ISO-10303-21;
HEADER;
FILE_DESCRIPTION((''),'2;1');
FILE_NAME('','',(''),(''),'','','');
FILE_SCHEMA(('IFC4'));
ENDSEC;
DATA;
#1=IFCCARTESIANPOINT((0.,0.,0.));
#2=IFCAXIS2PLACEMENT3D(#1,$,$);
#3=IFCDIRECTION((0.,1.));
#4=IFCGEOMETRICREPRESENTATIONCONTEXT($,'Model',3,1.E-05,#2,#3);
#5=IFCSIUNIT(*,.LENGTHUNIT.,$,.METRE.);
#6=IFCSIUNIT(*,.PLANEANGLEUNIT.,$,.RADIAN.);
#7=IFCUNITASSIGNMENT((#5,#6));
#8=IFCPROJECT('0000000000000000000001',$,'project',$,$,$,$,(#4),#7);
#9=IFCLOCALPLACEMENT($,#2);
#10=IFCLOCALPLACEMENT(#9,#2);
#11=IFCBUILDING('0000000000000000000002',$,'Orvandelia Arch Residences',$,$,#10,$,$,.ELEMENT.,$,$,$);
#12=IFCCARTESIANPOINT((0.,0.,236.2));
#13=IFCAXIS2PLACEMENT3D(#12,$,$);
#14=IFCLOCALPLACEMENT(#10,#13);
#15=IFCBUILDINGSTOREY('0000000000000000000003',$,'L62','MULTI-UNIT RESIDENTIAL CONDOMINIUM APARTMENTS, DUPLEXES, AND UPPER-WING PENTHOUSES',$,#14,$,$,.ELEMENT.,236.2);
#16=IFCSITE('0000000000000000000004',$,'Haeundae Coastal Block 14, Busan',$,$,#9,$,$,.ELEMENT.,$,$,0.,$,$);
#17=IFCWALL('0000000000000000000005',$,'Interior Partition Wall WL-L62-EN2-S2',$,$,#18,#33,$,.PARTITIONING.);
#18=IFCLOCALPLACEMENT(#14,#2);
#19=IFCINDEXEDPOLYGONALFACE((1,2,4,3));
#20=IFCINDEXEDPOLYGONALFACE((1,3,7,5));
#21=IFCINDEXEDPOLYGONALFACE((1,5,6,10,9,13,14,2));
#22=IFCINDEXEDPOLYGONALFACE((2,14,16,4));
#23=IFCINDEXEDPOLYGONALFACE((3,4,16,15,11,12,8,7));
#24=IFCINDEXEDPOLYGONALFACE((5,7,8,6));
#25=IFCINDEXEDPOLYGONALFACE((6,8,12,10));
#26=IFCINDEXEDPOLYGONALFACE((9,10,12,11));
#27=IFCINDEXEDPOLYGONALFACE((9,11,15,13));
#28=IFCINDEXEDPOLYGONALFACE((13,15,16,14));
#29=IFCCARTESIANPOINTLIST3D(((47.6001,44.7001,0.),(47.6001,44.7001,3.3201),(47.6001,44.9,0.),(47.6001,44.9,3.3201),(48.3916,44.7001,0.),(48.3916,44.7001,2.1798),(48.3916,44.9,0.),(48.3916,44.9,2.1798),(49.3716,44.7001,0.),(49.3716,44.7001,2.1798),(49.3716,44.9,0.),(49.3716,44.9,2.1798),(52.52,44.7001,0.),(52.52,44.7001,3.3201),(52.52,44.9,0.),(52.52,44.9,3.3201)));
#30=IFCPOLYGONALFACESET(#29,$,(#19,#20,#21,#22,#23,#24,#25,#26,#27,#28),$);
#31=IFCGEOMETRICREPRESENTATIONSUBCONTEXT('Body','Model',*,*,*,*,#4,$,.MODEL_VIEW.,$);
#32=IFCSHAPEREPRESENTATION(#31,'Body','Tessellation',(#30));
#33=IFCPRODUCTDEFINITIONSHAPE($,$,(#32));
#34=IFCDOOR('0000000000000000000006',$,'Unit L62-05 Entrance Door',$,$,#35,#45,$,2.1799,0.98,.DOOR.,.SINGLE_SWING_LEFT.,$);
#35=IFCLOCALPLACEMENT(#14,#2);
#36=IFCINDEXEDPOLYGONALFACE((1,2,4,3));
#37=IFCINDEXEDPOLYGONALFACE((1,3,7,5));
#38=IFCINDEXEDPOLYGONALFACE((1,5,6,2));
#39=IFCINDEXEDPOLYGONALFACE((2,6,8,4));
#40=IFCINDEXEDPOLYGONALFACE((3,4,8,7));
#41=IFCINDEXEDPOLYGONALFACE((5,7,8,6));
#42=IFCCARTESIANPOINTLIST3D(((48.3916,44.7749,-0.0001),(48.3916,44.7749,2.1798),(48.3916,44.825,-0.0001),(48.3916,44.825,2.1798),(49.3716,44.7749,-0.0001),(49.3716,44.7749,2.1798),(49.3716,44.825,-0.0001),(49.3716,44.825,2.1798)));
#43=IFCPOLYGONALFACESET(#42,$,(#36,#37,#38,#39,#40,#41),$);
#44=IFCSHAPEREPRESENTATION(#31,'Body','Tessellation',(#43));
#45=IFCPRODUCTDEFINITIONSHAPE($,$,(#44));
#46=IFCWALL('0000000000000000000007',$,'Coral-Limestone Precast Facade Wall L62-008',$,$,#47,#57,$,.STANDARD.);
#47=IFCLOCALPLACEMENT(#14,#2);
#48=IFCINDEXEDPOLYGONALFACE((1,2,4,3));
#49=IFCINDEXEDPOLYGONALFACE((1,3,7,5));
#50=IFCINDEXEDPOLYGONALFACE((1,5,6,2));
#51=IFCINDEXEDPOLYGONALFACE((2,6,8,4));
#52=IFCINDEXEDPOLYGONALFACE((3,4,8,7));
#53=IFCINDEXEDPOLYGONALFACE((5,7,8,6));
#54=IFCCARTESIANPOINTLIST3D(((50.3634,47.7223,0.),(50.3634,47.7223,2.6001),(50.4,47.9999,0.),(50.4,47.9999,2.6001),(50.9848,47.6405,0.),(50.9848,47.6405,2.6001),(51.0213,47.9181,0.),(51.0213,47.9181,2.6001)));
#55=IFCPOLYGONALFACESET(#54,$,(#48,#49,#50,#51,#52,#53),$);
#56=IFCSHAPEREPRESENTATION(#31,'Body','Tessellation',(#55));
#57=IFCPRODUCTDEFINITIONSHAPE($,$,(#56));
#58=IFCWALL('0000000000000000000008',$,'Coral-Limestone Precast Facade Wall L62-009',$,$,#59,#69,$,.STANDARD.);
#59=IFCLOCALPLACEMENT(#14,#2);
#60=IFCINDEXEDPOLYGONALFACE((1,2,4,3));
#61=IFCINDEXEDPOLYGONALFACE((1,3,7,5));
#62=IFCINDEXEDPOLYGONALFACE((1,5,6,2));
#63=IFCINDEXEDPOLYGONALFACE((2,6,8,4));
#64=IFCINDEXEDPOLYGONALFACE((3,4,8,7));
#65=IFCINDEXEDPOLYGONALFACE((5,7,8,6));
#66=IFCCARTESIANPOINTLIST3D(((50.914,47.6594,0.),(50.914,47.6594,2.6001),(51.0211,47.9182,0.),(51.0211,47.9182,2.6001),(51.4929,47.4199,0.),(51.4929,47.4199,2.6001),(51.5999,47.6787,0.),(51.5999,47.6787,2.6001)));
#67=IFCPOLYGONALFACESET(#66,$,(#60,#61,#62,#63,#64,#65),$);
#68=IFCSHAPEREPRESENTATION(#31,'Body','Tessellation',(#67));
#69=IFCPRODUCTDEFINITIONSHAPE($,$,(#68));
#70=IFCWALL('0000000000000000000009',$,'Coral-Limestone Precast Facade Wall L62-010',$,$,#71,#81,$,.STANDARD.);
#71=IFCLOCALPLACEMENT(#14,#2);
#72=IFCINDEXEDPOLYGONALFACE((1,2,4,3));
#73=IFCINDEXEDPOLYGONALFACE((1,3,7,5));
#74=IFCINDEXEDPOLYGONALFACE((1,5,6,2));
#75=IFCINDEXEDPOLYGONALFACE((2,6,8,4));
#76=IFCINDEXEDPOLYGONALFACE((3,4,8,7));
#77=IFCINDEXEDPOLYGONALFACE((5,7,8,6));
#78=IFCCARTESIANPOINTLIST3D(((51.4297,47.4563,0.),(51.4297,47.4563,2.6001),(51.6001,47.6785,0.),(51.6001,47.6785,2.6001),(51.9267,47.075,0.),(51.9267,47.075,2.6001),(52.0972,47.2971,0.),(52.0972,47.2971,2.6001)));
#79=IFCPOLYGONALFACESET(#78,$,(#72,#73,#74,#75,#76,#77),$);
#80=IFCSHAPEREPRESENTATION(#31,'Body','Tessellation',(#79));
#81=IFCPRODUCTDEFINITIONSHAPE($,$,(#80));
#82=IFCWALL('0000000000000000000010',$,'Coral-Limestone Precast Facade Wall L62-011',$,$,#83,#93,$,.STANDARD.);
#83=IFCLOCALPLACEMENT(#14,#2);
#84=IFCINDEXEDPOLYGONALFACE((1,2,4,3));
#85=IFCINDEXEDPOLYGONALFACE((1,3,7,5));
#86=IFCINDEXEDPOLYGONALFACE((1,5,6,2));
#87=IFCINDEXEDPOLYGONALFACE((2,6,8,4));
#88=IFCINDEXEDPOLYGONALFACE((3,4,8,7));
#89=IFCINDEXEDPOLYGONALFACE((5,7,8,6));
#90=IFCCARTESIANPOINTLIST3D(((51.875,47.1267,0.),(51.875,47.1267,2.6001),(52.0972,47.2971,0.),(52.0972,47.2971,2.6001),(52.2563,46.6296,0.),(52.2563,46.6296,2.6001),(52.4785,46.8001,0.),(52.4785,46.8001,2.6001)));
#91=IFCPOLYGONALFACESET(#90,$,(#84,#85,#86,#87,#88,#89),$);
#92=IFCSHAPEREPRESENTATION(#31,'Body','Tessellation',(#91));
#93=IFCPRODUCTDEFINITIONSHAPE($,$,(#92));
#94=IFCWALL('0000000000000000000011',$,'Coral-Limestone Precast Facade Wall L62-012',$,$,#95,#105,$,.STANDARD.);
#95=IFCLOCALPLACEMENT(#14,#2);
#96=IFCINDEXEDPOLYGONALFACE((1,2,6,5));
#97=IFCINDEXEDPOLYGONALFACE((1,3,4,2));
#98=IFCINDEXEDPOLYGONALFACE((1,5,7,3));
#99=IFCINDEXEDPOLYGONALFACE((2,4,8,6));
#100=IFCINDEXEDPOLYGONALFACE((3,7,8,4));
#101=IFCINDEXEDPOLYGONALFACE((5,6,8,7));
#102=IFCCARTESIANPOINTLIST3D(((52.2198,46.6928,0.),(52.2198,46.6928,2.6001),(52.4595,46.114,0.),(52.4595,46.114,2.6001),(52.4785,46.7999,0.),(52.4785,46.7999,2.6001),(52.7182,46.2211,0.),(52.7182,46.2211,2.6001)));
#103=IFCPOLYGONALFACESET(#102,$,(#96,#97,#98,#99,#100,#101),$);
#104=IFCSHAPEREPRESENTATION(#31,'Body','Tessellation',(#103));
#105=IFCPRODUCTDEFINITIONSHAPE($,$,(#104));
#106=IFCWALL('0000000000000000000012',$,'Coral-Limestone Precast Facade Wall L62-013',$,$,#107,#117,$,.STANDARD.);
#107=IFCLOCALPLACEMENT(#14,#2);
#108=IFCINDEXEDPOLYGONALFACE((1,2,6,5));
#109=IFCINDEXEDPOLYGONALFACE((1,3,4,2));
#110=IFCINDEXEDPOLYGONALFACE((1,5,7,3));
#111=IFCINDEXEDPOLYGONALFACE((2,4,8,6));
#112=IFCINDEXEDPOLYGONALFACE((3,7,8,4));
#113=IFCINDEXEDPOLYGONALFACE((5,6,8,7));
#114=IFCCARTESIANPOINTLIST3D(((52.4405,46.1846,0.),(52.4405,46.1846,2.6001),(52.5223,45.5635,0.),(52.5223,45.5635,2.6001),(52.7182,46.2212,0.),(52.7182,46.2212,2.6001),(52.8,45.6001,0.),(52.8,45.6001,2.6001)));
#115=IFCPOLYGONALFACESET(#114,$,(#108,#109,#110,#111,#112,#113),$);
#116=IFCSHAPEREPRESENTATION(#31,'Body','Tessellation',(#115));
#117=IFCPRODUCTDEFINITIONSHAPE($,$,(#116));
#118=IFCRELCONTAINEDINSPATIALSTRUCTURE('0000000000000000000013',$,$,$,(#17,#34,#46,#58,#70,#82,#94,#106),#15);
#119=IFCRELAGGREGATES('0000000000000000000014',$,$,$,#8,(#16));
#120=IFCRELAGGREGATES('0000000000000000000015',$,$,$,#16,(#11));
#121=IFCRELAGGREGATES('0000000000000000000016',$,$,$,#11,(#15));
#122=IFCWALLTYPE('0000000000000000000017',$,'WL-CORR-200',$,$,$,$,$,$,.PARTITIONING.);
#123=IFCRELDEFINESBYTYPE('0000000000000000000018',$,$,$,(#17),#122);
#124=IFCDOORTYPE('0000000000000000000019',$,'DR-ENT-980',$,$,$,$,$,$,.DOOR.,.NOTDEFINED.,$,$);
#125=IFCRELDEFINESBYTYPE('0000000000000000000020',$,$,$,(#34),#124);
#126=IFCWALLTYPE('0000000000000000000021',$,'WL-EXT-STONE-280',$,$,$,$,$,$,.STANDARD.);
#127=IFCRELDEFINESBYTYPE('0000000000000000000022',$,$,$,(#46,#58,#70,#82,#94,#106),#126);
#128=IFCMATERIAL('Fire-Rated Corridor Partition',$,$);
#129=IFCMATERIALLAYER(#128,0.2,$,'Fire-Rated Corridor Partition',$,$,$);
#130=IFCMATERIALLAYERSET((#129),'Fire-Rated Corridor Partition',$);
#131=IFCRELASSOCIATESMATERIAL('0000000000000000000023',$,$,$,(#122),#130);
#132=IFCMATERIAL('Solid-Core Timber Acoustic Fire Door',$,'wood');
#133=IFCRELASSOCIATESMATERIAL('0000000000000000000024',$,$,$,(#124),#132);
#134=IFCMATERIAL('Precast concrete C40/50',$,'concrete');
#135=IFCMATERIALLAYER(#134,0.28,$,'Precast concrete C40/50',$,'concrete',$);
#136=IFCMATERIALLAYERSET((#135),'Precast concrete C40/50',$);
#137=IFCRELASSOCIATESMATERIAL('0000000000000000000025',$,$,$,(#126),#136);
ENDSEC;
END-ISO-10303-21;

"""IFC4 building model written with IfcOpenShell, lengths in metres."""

from ifc_helpers import new_model, si_unit, direction, frame, frame_2d, origin, place, context, subcontext, project, spatial, rectangle, extrude, material, layer, layer_set, type_object, element, fill, save


model = new_model("IFC4")

# Units and contexts
model_context = context("Model", 3, precision=1e-05, world=origin(), true_north=direction((0.0, 1.0)))
body_context = subcontext(model_context, "Body", "Model", "MODEL_VIEW")
ifc_project = project(units=[si_unit("LENGTHUNIT", "METRE"), si_unit("PLANEANGLEUNIT", "RADIAN")], contexts=[model_context])

# Site, building, storey
site_placement = place(None, origin())
site = spatial("IfcSite", under=ifc_project, at=site_placement, Name="Haeundae Coastal Block 14, Busan", CompositionType="ELEMENT", RefElevation=0.0)
building_placement = place(site_placement, origin())
building = spatial("IfcBuilding", under=site, at=building_placement, Name="Orvandelia Arch Residences", CompositionType="ELEMENT")
storey_placement = place(building_placement, frame((0.0, 0.0, 236.2)))
storey = spatial("IfcBuildingStorey", under=building, at=storey_placement, Name="L62", Description="MULTI-UNIT RESIDENTIAL CONDOMINIUM APARTMENTS, DUPLEXES, AND UPPER-WING PENTHOUSES", CompositionType="ELEMENT", Elevation=236.2)

# Wall, opening, door
ifc_material_1 = material(Name="Fire-Rated Corridor Partition")
ifc_layer_1 = layer(ifc_material_1, 0.2, Name="Fire-Rated Corridor Partition")
ifc_layer_set_1 = layer_set([ifc_layer_1], Name="Fire-Rated Corridor Partition")
wall_type_1 = type_object("IfcWallType", Name="WL-CORR-200", PredefinedType="PARTITIONING", material=ifc_layer_set_1)
wall_1_placement = place(storey_placement, frame((47.6001, 44.8, 0.0), z_axis=(0.0, 0.0, 1.0), x_axis=(1.0, 0.0, 0.0)))
wall_1 = element("IfcWall", 1, at=wall_1_placement, inside=storey, type_object=wall_type_1, Name="Interior Partition Wall WL-L62-EN2-S2", PredefinedType="PARTITIONING", context=body_context, shape_type="SweptSolid", body=[
    extrude(rectangle(XDim=4.9199, YDim=0.2, at=frame_2d((2.46, 0.0))), origin(), (0.0, 0.0, 1.0), 3.3201),
])
opening_1_placement = place(wall_1_placement, frame((0.7915, 0.0, 0.0)))
opening_1 = element("IfcOpeningElement", 2, at=opening_1_placement, cuts=wall_1, PredefinedType="OPENING", context=body_context, shape_type="SweptSolid", body=[
    extrude(rectangle(XDim=0.98, YDim=2.1799, at=frame_2d((0.49, 1.0898))), frame((0.0, 0.1099, 0.0), z_axis=(0.0, -1.0, 0.0), x_axis=(1.0, 0.0, 0.0)), (0.0, 0.0, 1.0), 0.22),
])
ifc_material_2 = material(Name="Solid-Core Timber Acoustic Fire Door", Category="wood")
door_type_1 = type_object("IfcDoorType", Name="DR-ENT-980", OperationType="NOTDEFINED", PredefinedType="DOOR", material=ifc_material_2)
door_1_placement = place(opening_1_placement, origin())
door_1 = element("IfcDoor", 3, at=door_1_placement, inside=storey, type_object=door_type_1, Name="Unit L62-05 Entrance Door", OperationType="SINGLE_SWING_LEFT", OverallHeight=2.1799, OverallWidth=0.98, PredefinedType="DOOR", context=body_context, shape_type="SweptSolid", body=[
    extrude(rectangle(XDim=0.98, YDim=2.1799, at=frame_2d((0.49, 1.0898))), frame((0.0, 0.0249, 0.0), z_axis=(0.0, -1.0, 0.0), x_axis=(1.0, 0.0, 0.0)), (0.0, 0.0, 1.0), 0.05),
])
fill(opening_1, door_1)

# Walls
ifc_material_3 = material(Name="Precast concrete C40/50", Category="concrete")
ifc_layer_2 = layer(ifc_material_3, 0.28, Name="Precast concrete C40/50", Category="concrete")
ifc_layer_set_2 = layer_set([ifc_layer_2], Name="Precast concrete C40/50")
wall_type_2 = type_object("IfcWallType", Name="WL-EXT-STONE-280", PredefinedType="STANDARD", material=ifc_layer_set_2)
wall_2_placement = place(storey_placement, frame((50.3816, 47.8611, 0.0), z_axis=(0.0, 0.0, 1.0), x_axis=(0.991448, -0.130505, 0.0)))
element("IfcWall", 4, at=wall_2_placement, inside=storey, type_object=wall_type_2, Name="Coral-Limestone Precast Facade Wall L62-008", PredefinedType="STANDARD", context=body_context, shape_type="SweptSolid", body=[
    extrude(rectangle(XDim=0.6267, YDim=0.28, at=frame_2d((0.3135, 0.0))), origin(), (0.0, 0.0, 1.0), 2.6001),
])
for number, where, z_axis, x_axis, name in (
    (5, (50.9675, 47.7888, 0.0), (0.0, 0.0, 1.0), (0.924031, -0.382317, 0.0), "Coral-Limestone Precast Facade Wall L62-009"),
    (6, (51.5149, 47.5674, 0.0), (0.0, 0.0, 1.0), (0.793406, -0.608693, 0.0), "Coral-Limestone Precast Facade Wall L62-010"),
    (7, (51.9861, 47.2119, 0.0), (0.0, 0.0, 1.0), (0.608693, -0.793406, 0.0), "Coral-Limestone Precast Facade Wall L62-011"),
    (8, (52.3491, 46.7463, 0.0), (0.0, 0.0, 1.0), (0.38265, -0.923893, 0.0), "Coral-Limestone Precast Facade Wall L62-012"),
    (9, (52.5793, 46.2029, 0.0), (0.0, 0.0, 1.0), (0.130555, -0.991441, 0.0), "Coral-Limestone Precast Facade Wall L62-013"),
):
    element("IfcWall", number, at=place(storey_placement, frame(where, z_axis=z_axis, x_axis=x_axis)), inside=storey, type_object=wall_type_2, Name=name, PredefinedType="STANDARD", context=body_context, shape_type="SweptSolid", body=[
        extrude(rectangle(XDim=0.6265, YDim=0.28, at=frame_2d((0.3132, 0.0))), origin(), (0.0, 0.0, 1.0), 2.6001),
    ])

save(model, "model.ifc")
